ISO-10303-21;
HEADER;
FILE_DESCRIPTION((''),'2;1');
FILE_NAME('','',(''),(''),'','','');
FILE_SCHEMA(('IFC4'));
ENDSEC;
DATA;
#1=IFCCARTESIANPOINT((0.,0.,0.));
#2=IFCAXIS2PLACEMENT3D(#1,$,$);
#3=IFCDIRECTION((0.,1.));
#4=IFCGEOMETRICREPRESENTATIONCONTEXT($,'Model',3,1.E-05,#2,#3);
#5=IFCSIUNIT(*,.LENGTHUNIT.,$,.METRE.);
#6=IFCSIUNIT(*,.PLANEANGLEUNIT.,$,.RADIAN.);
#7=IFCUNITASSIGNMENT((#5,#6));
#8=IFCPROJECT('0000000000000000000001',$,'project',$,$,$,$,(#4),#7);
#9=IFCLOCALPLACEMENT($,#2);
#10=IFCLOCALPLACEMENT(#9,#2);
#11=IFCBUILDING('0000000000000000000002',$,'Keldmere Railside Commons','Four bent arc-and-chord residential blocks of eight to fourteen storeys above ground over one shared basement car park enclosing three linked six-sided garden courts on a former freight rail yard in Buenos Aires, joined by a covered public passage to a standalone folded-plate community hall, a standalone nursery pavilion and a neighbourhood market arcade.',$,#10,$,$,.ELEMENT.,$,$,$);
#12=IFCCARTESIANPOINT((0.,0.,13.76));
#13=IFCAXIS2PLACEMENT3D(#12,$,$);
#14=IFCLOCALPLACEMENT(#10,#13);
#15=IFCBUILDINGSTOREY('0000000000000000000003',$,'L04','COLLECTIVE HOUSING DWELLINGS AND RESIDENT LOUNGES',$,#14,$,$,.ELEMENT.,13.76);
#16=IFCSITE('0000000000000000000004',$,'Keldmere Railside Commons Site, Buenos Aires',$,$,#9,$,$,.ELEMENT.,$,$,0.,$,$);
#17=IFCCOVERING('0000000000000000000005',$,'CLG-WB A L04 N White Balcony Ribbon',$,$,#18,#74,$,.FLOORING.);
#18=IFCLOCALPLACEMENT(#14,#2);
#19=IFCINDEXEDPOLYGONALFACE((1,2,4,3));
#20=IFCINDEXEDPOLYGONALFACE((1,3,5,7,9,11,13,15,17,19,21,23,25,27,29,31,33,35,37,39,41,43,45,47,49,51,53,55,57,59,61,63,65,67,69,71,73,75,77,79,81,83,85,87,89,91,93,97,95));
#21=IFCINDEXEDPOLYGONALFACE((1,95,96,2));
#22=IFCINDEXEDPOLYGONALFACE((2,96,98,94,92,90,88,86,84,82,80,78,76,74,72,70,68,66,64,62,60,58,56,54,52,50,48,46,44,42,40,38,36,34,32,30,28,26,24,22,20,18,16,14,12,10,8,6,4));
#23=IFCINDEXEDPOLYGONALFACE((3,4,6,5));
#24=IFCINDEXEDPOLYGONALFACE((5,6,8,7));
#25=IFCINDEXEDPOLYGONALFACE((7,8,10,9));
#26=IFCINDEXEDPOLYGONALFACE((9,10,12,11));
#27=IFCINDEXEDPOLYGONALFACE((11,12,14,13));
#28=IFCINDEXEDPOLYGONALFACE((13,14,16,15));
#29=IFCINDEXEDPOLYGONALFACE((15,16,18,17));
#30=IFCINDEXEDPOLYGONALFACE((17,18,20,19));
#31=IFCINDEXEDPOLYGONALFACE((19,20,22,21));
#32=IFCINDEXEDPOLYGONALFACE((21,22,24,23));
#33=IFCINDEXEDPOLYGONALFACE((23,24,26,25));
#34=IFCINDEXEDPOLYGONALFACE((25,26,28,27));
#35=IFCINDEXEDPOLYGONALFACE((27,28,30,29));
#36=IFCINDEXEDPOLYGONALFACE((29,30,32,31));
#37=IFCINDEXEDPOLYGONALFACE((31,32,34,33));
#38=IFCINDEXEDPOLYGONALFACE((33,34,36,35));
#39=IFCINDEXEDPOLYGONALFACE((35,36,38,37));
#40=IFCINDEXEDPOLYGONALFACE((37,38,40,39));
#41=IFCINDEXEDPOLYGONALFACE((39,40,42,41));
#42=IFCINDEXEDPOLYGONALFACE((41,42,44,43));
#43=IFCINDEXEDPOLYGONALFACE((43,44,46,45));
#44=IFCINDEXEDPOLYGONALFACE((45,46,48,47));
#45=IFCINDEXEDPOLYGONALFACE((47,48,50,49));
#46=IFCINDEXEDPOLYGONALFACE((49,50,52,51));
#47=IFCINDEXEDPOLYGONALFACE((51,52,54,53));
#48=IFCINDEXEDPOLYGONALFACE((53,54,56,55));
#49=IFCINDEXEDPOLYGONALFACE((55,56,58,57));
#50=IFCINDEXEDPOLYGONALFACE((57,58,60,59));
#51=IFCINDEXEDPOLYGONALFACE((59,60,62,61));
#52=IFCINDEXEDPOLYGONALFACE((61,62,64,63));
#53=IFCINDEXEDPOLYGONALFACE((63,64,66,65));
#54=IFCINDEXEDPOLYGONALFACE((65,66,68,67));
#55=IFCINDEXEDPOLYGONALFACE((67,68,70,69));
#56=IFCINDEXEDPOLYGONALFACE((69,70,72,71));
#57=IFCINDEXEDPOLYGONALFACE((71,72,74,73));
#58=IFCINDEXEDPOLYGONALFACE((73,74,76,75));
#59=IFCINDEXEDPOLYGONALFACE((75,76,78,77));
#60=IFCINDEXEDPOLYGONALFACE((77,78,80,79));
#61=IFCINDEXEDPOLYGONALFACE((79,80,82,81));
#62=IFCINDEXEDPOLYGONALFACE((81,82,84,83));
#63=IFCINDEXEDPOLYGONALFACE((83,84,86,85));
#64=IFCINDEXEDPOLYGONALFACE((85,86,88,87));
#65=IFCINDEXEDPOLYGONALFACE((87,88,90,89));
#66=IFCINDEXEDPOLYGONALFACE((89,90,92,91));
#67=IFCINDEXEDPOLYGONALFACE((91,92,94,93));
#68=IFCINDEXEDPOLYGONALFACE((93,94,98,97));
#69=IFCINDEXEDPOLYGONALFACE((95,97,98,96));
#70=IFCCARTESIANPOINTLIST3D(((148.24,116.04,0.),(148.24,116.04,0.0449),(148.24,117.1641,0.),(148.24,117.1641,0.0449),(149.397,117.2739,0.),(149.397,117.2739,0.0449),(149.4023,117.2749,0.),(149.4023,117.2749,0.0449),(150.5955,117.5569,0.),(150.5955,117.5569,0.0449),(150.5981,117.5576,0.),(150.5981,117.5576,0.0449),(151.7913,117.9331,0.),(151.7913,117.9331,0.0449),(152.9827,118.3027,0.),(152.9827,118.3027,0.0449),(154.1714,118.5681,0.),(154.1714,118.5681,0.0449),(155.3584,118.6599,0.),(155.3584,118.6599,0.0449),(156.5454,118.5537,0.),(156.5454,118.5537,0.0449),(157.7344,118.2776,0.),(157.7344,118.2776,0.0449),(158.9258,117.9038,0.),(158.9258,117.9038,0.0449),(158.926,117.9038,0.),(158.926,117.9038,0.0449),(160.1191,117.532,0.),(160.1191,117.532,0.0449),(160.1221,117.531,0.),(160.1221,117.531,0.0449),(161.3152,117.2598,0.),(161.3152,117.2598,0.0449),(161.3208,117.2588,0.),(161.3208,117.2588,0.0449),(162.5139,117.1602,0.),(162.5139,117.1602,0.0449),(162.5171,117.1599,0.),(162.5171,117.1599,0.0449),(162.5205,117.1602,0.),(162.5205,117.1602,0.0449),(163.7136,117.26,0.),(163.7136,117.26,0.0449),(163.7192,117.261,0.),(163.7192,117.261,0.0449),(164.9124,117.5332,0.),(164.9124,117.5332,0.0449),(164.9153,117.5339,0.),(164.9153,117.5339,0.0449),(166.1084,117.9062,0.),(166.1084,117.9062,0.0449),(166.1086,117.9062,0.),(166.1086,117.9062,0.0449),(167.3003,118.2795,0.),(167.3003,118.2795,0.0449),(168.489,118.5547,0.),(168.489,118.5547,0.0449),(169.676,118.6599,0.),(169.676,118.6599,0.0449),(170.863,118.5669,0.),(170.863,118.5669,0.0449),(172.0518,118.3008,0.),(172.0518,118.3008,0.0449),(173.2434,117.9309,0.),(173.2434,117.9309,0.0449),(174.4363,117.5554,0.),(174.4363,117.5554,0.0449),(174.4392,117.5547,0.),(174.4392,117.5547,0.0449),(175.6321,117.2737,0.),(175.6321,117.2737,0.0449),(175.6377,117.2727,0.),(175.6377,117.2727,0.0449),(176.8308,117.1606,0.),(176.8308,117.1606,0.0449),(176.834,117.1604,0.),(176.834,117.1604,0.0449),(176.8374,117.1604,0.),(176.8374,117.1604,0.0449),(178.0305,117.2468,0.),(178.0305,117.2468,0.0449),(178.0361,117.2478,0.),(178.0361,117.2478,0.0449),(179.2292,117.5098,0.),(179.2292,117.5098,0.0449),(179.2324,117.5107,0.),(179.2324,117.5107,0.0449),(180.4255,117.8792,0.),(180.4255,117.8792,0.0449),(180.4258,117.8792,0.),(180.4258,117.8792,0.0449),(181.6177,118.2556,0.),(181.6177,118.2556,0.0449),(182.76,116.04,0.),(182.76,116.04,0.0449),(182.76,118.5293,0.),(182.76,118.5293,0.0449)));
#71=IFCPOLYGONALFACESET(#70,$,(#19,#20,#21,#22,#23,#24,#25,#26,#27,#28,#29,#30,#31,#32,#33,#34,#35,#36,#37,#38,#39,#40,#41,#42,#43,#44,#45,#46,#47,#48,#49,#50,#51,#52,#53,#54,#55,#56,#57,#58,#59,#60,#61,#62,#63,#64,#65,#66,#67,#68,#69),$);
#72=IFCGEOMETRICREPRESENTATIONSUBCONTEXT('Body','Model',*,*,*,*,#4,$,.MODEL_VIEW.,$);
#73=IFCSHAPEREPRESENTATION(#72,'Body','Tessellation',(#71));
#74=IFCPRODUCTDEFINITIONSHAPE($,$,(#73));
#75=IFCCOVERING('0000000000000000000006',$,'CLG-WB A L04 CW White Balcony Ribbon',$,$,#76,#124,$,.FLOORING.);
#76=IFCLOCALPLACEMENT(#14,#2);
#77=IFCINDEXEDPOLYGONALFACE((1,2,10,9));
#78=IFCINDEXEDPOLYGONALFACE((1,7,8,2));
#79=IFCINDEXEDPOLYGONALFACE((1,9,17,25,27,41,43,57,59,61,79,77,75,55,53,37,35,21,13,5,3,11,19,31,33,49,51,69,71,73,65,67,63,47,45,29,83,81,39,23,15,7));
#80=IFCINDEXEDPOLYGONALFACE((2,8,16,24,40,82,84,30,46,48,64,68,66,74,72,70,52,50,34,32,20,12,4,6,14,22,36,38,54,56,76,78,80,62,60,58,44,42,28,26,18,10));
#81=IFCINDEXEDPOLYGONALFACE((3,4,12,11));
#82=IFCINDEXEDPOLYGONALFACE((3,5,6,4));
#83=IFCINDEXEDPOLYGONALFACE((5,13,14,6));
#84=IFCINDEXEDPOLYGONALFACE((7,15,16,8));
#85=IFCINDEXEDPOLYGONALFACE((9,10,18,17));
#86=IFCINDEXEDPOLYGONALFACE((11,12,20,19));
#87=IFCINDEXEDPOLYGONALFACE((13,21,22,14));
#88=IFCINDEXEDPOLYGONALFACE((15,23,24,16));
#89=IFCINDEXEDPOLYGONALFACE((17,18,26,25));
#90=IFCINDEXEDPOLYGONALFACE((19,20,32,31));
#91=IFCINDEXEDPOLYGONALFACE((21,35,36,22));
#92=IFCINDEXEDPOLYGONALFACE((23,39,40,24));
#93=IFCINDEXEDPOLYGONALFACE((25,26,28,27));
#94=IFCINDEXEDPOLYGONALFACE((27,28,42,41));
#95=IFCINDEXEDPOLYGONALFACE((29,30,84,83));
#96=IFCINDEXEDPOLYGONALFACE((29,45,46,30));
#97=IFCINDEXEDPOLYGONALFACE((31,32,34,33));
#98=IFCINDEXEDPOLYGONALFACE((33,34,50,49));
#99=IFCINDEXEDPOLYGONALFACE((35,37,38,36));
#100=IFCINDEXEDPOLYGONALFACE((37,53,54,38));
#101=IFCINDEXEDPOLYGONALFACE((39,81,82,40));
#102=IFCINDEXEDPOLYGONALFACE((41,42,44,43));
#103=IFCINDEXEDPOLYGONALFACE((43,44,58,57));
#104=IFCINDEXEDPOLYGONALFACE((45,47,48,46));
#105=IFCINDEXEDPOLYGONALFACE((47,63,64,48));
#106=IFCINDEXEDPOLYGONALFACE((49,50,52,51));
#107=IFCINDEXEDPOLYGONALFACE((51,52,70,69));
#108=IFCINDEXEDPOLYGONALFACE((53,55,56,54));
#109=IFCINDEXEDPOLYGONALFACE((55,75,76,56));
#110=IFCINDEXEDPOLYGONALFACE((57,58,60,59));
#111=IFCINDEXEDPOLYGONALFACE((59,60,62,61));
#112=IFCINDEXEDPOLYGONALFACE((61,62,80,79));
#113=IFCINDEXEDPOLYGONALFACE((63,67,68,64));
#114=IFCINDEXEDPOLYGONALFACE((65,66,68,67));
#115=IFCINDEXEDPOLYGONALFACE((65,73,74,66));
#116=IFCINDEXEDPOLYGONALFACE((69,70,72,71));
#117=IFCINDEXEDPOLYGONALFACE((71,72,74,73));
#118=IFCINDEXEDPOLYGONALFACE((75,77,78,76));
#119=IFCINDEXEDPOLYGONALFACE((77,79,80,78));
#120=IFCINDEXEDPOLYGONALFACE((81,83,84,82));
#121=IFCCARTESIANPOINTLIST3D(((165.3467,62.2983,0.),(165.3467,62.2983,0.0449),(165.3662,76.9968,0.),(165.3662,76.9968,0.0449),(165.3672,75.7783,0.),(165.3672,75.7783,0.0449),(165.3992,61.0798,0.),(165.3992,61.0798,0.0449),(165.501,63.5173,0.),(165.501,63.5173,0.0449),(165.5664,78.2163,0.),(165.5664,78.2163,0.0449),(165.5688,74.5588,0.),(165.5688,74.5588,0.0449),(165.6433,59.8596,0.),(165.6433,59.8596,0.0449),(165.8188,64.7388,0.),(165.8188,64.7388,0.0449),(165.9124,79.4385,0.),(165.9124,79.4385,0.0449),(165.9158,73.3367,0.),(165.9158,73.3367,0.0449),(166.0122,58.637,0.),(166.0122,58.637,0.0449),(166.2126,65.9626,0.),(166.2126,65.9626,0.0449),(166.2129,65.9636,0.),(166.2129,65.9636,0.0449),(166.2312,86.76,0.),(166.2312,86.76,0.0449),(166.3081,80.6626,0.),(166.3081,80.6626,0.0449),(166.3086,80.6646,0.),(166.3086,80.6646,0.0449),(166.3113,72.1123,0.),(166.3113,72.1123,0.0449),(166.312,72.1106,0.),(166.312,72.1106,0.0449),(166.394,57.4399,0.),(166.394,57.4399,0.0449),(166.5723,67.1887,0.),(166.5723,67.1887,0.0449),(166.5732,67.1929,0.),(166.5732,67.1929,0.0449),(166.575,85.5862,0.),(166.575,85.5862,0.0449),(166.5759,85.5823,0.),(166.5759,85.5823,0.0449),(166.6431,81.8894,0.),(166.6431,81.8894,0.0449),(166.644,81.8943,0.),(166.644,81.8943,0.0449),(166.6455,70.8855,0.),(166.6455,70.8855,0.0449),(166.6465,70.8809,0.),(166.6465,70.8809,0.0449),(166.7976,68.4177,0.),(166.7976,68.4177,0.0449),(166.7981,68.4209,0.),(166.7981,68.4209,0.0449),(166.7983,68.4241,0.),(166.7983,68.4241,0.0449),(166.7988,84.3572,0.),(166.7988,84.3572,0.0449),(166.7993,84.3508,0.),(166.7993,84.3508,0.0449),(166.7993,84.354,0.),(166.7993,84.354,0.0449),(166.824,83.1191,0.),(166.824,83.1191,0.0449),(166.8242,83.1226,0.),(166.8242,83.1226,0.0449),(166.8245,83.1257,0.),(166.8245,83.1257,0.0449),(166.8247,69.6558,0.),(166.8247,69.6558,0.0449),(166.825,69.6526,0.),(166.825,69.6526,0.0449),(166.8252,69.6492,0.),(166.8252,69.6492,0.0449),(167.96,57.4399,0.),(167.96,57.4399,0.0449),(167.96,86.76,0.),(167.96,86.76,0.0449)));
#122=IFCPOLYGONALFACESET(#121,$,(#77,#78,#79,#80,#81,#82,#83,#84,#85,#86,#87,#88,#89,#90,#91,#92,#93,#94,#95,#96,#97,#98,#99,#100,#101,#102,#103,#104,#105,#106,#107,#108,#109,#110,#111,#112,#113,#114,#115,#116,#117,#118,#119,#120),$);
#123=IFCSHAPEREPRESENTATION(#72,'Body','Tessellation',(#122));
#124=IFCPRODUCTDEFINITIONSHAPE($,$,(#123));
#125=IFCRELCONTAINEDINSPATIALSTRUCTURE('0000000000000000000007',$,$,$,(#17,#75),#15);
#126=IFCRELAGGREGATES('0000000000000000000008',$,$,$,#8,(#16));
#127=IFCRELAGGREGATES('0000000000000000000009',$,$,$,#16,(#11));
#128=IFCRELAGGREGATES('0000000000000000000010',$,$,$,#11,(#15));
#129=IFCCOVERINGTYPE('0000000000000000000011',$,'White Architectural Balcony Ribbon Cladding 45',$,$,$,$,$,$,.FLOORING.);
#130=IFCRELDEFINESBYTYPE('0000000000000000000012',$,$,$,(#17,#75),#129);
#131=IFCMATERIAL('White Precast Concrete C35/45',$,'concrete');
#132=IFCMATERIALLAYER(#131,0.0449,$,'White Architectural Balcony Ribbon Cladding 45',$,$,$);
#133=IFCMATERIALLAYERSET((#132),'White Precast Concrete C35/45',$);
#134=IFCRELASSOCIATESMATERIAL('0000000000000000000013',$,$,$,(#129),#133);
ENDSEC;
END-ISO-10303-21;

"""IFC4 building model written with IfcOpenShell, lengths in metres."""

from ifc_helpers import new_model, si_unit, direction, frame, origin, place, context, subcontext, project, spatial, polyline, outline, extrude, material, layer, layer_set, type_object, element, save


model = new_model("IFC4")

# Units and contexts
model_context = context("Model", 3, precision=1e-05, world=origin(), true_north=direction((0.0, 1.0)))
body_context = subcontext(model_context, "Body", "Model", "MODEL_VIEW")
ifc_project = project(units=[si_unit("LENGTHUNIT", "METRE"), si_unit("PLANEANGLEUNIT", "RADIAN")], contexts=[model_context])

# Site, building, storey
site_placement = place(None, origin())
site = spatial("IfcSite", under=ifc_project, at=site_placement, Name="Keldmere Railside Commons Site, Buenos Aires", CompositionType="ELEMENT", RefElevation=0.0)
building_placement = place(site_placement, origin())
building = spatial("IfcBuilding", under=site, at=building_placement, Name="Keldmere Railside Commons", Description="Four bent arc-and-chord residential blocks of eight to fourteen storeys above ground over one shared basement car park enclosing three linked six-sided garden courts on a former freight rail yard in Buenos Aires, joined by a covered public passage to a standalone folded-plate community hall, a standalone nursery pavilion and a neighbourhood market arcade.", CompositionType="ELEMENT")
storey_placement = place(building_placement, frame((0.0, 0.0, 13.76)))
storey = spatial("IfcBuildingStorey", under=building, at=storey_placement, Name="L04", Description="COLLECTIVE HOUSING DWELLINGS AND RESIDENT LOUNGES", CompositionType="ELEMENT", Elevation=13.76)

# Coverings
ifc_material_1 = material(Name="White Precast Concrete C35/45", Category="concrete")
ifc_layer_1 = layer(ifc_material_1, 0.0449, Name="White Architectural Balcony Ribbon Cladding 45")
ifc_layer_set_1 = layer_set([ifc_layer_1], Name="White Precast Concrete C35/45")
covering_type_1 = type_object("IfcCoveringType", Name="White Architectural Balcony Ribbon Cladding 45", PredefinedType="FLOORING", material=ifc_layer_set_1)
covering_1_placement = place(storey_placement, origin())
element("IfcCovering", 1, at=covering_1_placement, inside=storey, type_object=covering_type_1, Name="CLG-WB A L04 N White Balcony Ribbon", PredefinedType="FLOORING", context=body_context, shape_type="SweptSolid", body=[
    extrude(outline(polyline([(182.76, 116.04), (182.76, 118.5293), (181.6177, 118.2556), (180.4258, 117.8792), (180.4255, 117.8792), (179.2324, 117.5107), (179.2292, 117.5098), (178.0361, 117.2478), (178.0305, 117.2468), (176.8374, 117.1604), (176.834, 117.1604), (176.8308, 117.1606), (175.6377, 117.2727), (175.6321, 117.2737), (174.4392, 117.5547), (174.4363, 117.5554), (173.2434, 117.9309), (172.0518, 118.3008), (170.863, 118.5669), (169.676, 118.6599), (168.489, 118.5547), (167.3003, 118.2795), (166.1086, 117.9062), (166.1084, 117.9062), (164.9153, 117.5339), (164.9124, 117.5332), (163.7192, 117.261), (163.7136, 117.26), (162.5205, 117.1602), (162.5171, 117.1599), (162.5139, 117.1602), (161.3208, 117.2588), (161.3152, 117.2598), (160.1221, 117.531), (160.1191, 117.532), (158.926, 117.9038), (158.9258, 117.9038), (157.7344, 118.2776), (156.5454, 118.5537), (155.3584, 118.6599), (154.1714, 118.5681), (152.9827, 118.3027), (151.7913, 117.9331), (150.5981, 117.5576), (150.5955, 117.5569), (149.4023, 117.2749), (149.397, 117.2739), (148.24, 117.1641), (148.24, 116.04), (182.76, 116.04)])), origin(), (0.0, 0.0, 1.0), 0.0449),
])
covering_2_placement = place(storey_placement, origin())
element("IfcCovering", 2, at=covering_2_placement, inside=storey, type_object=covering_type_1, Name="CLG-WB A L04 CW White Balcony Ribbon", PredefinedType="FLOORING", context=body_context, shape_type="SweptSolid", body=[
    extrude(outline(polyline([(167.96, 86.76), (166.2312, 86.76), (166.575, 85.5862), (166.5759, 85.5823), (166.7988, 84.3572), (166.7993, 84.354), (166.7993, 84.3508), (166.8245, 83.1257), (166.8242, 83.1226), (166.824, 83.1191), (166.644, 81.8943), (166.6431, 81.8894), (166.3086, 80.6646), (166.3081, 80.6626), (165.9124, 79.4385), (165.5664, 78.2163), (165.3662, 76.9968), (165.3672, 75.7783), (165.5688, 74.5588), (165.9158, 73.3367), (166.3113, 72.1123), (166.312, 72.1106), (166.6455, 70.8855), (166.6465, 70.8809), (166.8247, 69.6558), (166.825, 69.6526), (166.8252, 69.6492), (166.7983, 68.4241), (166.7981, 68.4209), (166.7976, 68.4177), (166.5732, 67.1929), (166.5723, 67.1887), (166.2129, 65.9636), (166.2126, 65.9626), (165.8188, 64.7388), (165.501, 63.5173), (165.3467, 62.2983), (165.3992, 61.0798), (165.6433, 59.8596), (166.0122, 58.637), (166.394, 57.4399), (167.96, 57.4399), (167.96, 86.76)])), origin(), (0.0, 0.0, 1.0), 0.0449),
])

save(model, "model.ifc")
